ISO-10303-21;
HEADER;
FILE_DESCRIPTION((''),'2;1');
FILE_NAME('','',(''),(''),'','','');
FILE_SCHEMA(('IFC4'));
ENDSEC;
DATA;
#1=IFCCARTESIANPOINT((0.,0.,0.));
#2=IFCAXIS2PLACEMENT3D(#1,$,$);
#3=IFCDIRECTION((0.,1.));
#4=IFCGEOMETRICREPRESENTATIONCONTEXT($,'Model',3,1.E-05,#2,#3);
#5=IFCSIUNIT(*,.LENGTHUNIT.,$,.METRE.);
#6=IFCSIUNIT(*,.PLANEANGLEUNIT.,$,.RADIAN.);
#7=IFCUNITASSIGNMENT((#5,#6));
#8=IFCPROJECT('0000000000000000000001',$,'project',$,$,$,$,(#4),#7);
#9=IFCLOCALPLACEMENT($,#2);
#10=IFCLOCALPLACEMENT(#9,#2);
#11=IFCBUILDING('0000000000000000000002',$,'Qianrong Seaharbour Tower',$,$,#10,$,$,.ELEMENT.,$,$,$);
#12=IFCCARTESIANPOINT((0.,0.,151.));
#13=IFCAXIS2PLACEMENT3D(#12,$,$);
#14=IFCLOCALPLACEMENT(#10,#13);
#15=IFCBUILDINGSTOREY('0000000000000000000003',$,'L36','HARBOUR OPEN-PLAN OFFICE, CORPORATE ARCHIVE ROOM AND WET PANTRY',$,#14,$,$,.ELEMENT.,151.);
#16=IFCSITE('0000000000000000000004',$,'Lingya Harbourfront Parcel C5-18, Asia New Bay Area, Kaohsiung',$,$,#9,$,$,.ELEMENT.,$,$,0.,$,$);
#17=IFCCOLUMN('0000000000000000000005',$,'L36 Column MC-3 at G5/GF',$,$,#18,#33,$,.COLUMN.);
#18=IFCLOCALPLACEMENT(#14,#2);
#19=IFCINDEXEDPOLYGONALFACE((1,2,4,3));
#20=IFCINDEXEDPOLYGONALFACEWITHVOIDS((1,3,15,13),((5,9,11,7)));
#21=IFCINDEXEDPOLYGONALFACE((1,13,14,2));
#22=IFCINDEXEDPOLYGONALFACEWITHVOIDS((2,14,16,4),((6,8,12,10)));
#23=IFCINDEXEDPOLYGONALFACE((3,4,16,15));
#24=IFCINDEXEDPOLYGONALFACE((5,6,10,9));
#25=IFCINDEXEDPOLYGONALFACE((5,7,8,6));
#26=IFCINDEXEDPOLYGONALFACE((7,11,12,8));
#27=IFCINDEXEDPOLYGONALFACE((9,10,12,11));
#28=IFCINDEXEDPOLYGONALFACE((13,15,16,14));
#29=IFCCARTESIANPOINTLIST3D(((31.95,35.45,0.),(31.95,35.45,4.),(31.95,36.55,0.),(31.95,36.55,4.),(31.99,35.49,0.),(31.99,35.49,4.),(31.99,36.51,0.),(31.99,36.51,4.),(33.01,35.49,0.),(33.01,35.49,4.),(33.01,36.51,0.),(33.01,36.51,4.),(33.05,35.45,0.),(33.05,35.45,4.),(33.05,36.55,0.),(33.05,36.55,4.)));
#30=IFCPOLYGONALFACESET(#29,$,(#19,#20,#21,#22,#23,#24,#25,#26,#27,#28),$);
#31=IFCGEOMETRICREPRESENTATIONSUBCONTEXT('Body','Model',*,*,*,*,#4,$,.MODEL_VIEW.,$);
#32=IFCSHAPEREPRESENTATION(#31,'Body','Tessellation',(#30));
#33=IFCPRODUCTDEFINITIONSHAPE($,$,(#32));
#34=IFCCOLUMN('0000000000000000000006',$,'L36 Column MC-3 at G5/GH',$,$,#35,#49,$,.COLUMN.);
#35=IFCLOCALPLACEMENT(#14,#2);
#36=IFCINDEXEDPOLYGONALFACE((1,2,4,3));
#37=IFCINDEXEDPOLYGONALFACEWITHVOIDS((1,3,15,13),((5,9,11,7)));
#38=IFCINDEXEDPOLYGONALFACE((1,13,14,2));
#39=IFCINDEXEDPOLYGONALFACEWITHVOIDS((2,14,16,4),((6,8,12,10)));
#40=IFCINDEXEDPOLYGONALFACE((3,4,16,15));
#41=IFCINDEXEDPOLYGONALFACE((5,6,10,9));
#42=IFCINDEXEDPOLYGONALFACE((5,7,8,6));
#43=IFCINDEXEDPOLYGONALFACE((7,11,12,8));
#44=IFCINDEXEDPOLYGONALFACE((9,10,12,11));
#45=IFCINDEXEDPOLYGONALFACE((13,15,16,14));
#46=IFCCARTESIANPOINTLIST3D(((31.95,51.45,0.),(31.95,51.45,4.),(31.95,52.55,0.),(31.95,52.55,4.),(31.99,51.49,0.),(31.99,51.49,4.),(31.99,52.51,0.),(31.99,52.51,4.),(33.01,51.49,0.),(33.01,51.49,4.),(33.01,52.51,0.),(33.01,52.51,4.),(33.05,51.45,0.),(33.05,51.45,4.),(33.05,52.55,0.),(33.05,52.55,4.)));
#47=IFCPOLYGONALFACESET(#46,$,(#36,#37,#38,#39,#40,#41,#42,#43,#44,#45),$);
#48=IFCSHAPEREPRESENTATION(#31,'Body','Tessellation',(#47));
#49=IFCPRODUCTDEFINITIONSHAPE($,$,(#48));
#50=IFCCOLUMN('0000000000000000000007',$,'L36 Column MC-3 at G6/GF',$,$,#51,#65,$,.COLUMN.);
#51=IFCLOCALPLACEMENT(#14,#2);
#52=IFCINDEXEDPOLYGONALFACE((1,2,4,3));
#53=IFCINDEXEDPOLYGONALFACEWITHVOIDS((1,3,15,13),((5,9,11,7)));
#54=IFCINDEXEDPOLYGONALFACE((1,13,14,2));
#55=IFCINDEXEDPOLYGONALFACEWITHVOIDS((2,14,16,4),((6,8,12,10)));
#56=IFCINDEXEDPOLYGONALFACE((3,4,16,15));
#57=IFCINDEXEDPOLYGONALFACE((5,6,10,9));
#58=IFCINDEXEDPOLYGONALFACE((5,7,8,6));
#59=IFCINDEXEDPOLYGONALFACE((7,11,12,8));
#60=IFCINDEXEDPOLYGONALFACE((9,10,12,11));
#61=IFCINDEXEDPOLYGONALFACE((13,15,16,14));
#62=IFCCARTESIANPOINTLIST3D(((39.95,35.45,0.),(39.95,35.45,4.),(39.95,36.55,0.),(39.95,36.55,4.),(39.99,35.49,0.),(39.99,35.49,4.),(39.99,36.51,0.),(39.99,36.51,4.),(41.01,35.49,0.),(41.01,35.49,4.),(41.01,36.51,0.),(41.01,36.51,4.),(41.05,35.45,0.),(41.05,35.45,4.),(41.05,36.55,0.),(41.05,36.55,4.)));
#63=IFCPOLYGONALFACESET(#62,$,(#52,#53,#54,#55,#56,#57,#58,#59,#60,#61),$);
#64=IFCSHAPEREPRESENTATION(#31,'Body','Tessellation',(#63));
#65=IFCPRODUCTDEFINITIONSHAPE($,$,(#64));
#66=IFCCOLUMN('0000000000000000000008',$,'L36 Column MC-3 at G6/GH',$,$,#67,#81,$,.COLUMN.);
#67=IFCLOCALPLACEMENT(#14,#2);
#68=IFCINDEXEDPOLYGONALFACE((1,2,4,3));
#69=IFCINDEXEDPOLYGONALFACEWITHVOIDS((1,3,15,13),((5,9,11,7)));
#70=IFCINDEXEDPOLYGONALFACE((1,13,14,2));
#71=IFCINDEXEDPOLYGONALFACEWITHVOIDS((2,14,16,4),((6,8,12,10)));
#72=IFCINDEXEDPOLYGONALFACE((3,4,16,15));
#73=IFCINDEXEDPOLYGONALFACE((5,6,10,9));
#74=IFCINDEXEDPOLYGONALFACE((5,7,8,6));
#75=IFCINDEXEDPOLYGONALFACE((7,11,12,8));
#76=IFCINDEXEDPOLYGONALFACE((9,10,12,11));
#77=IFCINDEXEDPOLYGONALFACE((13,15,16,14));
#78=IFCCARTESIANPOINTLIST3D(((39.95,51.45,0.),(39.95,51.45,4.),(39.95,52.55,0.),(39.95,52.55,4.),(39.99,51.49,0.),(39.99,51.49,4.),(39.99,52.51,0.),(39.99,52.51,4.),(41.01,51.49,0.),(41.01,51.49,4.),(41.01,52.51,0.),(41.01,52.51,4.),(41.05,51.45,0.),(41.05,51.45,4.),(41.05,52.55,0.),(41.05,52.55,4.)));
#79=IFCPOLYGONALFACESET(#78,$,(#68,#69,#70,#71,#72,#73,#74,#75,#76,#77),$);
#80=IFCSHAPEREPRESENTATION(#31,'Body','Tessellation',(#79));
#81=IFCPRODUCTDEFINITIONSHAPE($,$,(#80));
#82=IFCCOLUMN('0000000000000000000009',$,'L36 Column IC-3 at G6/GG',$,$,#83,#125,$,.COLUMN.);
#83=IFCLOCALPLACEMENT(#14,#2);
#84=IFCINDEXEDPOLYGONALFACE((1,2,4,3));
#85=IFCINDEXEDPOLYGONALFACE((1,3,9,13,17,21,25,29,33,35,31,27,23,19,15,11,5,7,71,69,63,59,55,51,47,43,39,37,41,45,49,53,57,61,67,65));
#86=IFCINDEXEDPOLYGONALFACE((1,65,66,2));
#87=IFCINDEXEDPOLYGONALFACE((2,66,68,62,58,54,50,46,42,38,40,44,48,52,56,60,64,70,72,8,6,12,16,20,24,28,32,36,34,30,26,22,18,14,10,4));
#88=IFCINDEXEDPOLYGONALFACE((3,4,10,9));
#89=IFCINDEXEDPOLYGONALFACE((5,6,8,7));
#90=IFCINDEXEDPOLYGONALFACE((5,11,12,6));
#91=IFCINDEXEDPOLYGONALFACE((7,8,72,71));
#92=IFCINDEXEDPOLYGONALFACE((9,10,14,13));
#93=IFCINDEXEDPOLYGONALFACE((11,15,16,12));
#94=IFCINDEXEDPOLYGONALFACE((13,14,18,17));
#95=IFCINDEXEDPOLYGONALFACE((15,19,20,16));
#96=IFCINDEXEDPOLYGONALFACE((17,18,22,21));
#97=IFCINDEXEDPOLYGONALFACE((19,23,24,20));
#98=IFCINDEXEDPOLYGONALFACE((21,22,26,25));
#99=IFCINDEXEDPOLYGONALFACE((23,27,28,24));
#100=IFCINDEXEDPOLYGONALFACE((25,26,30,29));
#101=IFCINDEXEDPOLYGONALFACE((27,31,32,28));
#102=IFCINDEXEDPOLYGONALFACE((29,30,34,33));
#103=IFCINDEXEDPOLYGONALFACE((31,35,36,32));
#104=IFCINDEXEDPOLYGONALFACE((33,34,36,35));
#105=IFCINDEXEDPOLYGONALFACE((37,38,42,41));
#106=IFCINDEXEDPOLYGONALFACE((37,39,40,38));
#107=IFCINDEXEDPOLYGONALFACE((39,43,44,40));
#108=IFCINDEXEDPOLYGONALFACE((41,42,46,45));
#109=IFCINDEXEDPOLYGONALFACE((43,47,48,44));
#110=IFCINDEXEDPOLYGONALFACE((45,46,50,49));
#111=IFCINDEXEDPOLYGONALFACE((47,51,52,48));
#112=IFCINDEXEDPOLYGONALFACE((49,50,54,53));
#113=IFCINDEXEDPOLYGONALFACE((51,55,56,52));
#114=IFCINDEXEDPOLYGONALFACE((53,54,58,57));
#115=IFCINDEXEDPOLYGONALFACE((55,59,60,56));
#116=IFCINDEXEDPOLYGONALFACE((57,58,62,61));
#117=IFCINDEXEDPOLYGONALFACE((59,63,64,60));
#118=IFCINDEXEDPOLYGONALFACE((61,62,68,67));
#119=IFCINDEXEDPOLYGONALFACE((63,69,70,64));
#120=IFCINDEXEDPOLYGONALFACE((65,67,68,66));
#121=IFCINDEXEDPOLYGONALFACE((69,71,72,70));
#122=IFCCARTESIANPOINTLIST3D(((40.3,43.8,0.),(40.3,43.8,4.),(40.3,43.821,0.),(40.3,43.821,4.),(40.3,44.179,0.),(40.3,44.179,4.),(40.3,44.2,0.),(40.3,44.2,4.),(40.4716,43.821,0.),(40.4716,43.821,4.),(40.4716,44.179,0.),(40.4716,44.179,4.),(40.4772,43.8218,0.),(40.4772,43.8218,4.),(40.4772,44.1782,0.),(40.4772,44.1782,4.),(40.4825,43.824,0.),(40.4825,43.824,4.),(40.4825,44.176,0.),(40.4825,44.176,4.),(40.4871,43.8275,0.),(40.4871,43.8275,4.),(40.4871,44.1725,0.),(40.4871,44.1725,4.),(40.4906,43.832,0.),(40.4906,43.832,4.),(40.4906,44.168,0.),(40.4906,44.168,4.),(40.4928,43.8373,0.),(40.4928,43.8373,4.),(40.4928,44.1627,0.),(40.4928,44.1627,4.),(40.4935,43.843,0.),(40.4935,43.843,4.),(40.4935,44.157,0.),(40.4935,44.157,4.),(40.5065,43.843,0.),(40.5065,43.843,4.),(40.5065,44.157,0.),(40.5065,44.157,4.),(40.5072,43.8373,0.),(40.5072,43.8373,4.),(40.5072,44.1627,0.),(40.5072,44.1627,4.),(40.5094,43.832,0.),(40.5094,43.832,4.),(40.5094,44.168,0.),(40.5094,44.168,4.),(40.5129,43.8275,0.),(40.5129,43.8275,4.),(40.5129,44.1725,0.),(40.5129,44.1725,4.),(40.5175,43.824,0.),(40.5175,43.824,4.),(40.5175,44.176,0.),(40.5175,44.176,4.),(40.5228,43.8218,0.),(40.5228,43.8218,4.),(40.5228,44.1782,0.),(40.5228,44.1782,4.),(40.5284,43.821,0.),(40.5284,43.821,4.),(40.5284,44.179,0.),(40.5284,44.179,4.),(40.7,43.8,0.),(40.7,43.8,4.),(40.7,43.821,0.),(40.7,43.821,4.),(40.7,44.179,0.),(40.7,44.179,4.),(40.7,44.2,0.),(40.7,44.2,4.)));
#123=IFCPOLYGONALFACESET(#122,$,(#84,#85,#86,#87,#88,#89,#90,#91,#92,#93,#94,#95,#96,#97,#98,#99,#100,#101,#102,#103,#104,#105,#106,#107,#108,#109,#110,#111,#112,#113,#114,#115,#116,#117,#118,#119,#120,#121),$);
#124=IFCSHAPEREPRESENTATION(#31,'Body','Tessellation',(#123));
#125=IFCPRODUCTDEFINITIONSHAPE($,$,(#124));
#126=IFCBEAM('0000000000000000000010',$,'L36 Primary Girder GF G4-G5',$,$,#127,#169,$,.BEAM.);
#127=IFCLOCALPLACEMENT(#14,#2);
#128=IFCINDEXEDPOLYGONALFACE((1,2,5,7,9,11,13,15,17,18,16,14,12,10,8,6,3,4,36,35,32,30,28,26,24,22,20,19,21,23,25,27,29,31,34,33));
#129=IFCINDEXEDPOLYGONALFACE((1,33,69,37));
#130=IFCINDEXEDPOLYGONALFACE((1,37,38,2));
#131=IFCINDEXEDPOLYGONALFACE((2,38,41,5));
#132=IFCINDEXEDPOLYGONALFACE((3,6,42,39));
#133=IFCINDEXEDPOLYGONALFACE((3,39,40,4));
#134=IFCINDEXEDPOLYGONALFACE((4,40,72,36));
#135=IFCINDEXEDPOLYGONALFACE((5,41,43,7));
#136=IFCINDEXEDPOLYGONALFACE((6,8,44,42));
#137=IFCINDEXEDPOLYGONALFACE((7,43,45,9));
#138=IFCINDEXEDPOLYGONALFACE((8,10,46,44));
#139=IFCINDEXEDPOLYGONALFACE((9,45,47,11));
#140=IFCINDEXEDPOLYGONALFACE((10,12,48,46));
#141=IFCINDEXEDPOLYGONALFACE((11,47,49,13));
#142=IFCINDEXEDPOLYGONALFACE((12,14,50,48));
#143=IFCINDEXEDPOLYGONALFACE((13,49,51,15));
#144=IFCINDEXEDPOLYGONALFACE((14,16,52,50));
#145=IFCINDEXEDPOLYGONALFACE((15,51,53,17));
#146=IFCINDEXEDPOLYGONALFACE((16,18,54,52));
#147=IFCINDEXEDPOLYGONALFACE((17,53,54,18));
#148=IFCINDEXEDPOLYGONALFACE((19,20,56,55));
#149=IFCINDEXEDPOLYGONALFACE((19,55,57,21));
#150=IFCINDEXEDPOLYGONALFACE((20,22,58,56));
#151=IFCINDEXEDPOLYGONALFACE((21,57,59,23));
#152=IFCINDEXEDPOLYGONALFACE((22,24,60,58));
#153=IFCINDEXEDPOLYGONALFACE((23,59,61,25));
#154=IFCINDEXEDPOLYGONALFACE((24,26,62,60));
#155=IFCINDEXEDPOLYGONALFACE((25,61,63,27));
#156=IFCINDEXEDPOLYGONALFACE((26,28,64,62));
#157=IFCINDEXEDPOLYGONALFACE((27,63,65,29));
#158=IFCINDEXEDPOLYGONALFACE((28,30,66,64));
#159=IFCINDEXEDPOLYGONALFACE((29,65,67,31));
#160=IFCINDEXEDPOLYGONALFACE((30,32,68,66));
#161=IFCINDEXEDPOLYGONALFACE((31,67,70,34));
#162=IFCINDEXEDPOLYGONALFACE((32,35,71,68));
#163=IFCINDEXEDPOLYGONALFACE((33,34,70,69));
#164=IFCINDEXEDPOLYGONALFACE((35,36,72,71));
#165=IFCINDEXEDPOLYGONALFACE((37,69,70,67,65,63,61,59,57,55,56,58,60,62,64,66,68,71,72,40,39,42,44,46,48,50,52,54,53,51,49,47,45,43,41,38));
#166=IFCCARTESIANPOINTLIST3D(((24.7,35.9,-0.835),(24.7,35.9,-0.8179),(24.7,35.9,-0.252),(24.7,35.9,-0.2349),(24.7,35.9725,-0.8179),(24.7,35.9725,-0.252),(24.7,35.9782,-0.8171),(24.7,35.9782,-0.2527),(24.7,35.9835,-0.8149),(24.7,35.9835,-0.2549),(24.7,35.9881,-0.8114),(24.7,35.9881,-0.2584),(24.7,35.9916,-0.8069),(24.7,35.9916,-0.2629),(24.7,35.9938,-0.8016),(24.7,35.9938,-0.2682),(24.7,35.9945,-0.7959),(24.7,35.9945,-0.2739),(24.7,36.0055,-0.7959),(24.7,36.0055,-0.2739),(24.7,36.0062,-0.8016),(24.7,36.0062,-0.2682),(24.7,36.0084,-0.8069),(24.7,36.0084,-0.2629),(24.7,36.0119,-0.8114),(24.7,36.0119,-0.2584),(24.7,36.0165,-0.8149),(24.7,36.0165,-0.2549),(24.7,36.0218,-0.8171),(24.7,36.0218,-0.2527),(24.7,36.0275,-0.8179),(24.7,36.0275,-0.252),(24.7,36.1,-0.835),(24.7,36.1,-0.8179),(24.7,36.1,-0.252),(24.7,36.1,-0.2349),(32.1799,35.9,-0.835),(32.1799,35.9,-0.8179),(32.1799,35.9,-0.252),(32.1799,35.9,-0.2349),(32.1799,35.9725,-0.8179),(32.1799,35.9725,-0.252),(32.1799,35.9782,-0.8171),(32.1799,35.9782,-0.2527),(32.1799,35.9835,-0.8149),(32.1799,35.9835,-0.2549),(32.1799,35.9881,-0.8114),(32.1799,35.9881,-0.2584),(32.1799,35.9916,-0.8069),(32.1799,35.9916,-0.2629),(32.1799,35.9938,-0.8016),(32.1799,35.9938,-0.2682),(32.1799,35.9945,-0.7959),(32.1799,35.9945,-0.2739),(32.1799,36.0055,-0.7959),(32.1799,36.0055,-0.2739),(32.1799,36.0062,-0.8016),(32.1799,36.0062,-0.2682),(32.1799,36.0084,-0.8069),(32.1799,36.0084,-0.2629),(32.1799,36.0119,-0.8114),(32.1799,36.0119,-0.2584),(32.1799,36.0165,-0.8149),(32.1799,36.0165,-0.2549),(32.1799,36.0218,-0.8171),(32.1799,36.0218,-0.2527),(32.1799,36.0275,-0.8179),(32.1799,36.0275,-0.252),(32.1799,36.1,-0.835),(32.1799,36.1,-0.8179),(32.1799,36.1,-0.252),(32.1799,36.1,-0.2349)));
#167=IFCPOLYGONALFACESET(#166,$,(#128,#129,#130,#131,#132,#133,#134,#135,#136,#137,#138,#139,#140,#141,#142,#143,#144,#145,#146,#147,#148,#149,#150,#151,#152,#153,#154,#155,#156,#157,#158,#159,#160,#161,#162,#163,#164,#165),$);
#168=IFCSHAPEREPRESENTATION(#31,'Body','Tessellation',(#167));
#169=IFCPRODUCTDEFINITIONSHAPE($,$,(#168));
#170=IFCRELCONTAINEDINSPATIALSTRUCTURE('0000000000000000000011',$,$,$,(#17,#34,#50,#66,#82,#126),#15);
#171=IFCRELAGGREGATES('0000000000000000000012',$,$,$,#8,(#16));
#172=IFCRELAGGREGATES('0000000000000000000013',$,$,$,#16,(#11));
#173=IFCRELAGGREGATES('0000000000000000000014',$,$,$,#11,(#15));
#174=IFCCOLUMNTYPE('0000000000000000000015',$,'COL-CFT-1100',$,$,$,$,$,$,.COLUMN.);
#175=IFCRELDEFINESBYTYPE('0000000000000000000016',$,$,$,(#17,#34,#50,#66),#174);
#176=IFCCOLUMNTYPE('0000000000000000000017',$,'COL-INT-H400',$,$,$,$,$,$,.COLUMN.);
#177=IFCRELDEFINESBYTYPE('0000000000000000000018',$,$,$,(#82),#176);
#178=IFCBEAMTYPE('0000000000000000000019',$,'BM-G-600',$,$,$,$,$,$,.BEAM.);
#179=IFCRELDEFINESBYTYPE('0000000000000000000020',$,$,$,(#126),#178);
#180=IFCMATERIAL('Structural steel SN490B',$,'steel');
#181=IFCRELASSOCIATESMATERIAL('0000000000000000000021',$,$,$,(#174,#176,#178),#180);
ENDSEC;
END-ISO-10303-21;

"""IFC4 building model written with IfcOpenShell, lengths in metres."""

from ifc_helpers import new_model, si_unit, direction, frame, origin, origin_2d, place, context, subcontext, project, spatial, hollow_rectangle, i_section, extrude, material, material_profile, profile_set, type_object, element, save


model = new_model("IFC4")

# Units and contexts
model_context = context("Model", 3, precision=1e-05, world=origin(), true_north=direction((0.0, 1.0)))
body_context = subcontext(model_context, "Body", "Model", "MODEL_VIEW")
ifc_project = project(units=[si_unit("LENGTHUNIT", "METRE"), si_unit("PLANEANGLEUNIT", "RADIAN")], contexts=[model_context])

# Site, building, storey
site_placement = place(None, origin())
site = spatial("IfcSite", under=ifc_project, at=site_placement, Name="Lingya Harbourfront Parcel C5-18, Asia New Bay Area, Kaohsiung", CompositionType="ELEMENT", RefElevation=0.0)
building_placement = place(site_placement, origin())
building = spatial("IfcBuilding", under=site, at=building_placement, Name="Qianrong Seaharbour Tower", CompositionType="ELEMENT")
storey_placement = place(building_placement, frame((0.0, 0.0, 151.0)))
storey = spatial("IfcBuildingStorey", under=building, at=storey_placement, Name="L36", Description="HARBOUR OPEN-PLAN OFFICE, CORPORATE ARCHIVE ROOM AND WET PANTRY", CompositionType="ELEMENT", Elevation=151.0)

# Columns
ifc_material_1 = material(Name="Structural steel SN490B", Category="steel")
ifc_material_profile_1 = material_profile(ifc_material_1, hollow_rectangle(XDim=1.1001, YDim=1.1001, WallThickness=0.04, at=origin_2d()), Name="BOX1100x1100x40")
ifc_profile_set_1 = profile_set([ifc_material_profile_1], Name="Structural steel SN490B")
column_type_1 = type_object("IfcColumnType", Name="COL-CFT-1100", PredefinedType="COLUMN", material=ifc_profile_set_1)
for number, where, z_axis, x_axis, name in (
    (1, (32.5, 36.0, 0.0), (0.0, 0.0, 1.0), (1.0, 0.0, 0.0), "L36 Column MC-3 at G5/GF"),
    (2, (32.5, 52.0, 0.0), (0.0, 0.0, 1.0), (1.0, 0.0, 0.0), "L36 Column MC-3 at G5/GH"),
    (3, (40.5, 36.0, 0.0), (0.0, 0.0, 1.0), (1.0, 0.0, 0.0), "L36 Column MC-3 at G6/GF"),
    (4, (40.5, 52.0, 0.0), (0.0, 0.0, 1.0), (1.0, 0.0, 0.0), "L36 Column MC-3 at G6/GH"),
):
    element("IfcColumn", number, at=place(storey_placement, frame(where, z_axis=z_axis, x_axis=x_axis)), inside=storey, type_object=column_type_1, Name=name, PredefinedType="COLUMN", context=body_context, shape_type="SweptSolid", body=[
        extrude(hollow_rectangle(XDim=1.1001, YDim=1.1001, WallThickness=0.04, at=origin_2d()), origin(), (0.0, 0.0, 1.0), 4.0),
    ])
ifc_material_profile_2 = material_profile(ifc_material_1, i_section(OverallWidth=0.3999, OverallDepth=0.3999, WebThickness=0.0129, FlangeThickness=0.021, FilletRadius=0.022, at=origin_2d()), Name="H400x400x13x21")
ifc_profile_set_2 = profile_set([ifc_material_profile_2], Name="Structural steel SN490B")
column_type_2 = type_object("IfcColumnType", Name="COL-INT-H400", PredefinedType="COLUMN", material=ifc_profile_set_2)
column_placement = place(storey_placement, frame((40.5, 44.0, 0.0), z_axis=(0.0, 0.0, 1.0), x_axis=(1.0, 0.0, 0.0)))
element("IfcColumn", 5, at=column_placement, inside=storey, type_object=column_type_2, Name="L36 Column IC-3 at G6/GG", PredefinedType="COLUMN", context=body_context, shape_type="SweptSolid", body=[
    extrude(i_section(OverallWidth=0.3999, OverallDepth=0.3999, WebThickness=0.0129, FlangeThickness=0.021, FilletRadius=0.022, at=origin_2d()), origin(), (0.0, 0.0, 1.0), 4.0),
])

# Beam
ifc_material_profile_3 = material_profile(ifc_material_1, i_section(OverallWidth=0.2, OverallDepth=0.6001, WebThickness=0.011, FlangeThickness=0.0171, FilletRadius=0.022, at=origin_2d()), Name="H600x200x11x17")
ifc_profile_set_3 = profile_set([ifc_material_profile_3], Name="Structural steel SN490B")
beam_type_1 = type_object("IfcBeamType", Name="BM-G-600", PredefinedType="BEAM", material=ifc_profile_set_3)
beam_1_placement = place(storey_placement, frame((24.7, 36.0, -0.5349), z_axis=(1.0, 0.0, 0.0), x_axis=(0.0, 1.0, 0.0)))
element("IfcBeam", 6, at=beam_1_placement, inside=storey, type_object=beam_type_1, Name="L36 Primary Girder GF G4-G5", PredefinedType="BEAM", context=body_context, shape_type="SweptSolid", body=[
    extrude(i_section(OverallWidth=0.2, OverallDepth=0.6001, WebThickness=0.011, FlangeThickness=0.0171, FilletRadius=0.022, at=origin_2d()), origin(), (0.0, 0.0, 1.0), 7.48),
])

save(model, "model.ifc")
